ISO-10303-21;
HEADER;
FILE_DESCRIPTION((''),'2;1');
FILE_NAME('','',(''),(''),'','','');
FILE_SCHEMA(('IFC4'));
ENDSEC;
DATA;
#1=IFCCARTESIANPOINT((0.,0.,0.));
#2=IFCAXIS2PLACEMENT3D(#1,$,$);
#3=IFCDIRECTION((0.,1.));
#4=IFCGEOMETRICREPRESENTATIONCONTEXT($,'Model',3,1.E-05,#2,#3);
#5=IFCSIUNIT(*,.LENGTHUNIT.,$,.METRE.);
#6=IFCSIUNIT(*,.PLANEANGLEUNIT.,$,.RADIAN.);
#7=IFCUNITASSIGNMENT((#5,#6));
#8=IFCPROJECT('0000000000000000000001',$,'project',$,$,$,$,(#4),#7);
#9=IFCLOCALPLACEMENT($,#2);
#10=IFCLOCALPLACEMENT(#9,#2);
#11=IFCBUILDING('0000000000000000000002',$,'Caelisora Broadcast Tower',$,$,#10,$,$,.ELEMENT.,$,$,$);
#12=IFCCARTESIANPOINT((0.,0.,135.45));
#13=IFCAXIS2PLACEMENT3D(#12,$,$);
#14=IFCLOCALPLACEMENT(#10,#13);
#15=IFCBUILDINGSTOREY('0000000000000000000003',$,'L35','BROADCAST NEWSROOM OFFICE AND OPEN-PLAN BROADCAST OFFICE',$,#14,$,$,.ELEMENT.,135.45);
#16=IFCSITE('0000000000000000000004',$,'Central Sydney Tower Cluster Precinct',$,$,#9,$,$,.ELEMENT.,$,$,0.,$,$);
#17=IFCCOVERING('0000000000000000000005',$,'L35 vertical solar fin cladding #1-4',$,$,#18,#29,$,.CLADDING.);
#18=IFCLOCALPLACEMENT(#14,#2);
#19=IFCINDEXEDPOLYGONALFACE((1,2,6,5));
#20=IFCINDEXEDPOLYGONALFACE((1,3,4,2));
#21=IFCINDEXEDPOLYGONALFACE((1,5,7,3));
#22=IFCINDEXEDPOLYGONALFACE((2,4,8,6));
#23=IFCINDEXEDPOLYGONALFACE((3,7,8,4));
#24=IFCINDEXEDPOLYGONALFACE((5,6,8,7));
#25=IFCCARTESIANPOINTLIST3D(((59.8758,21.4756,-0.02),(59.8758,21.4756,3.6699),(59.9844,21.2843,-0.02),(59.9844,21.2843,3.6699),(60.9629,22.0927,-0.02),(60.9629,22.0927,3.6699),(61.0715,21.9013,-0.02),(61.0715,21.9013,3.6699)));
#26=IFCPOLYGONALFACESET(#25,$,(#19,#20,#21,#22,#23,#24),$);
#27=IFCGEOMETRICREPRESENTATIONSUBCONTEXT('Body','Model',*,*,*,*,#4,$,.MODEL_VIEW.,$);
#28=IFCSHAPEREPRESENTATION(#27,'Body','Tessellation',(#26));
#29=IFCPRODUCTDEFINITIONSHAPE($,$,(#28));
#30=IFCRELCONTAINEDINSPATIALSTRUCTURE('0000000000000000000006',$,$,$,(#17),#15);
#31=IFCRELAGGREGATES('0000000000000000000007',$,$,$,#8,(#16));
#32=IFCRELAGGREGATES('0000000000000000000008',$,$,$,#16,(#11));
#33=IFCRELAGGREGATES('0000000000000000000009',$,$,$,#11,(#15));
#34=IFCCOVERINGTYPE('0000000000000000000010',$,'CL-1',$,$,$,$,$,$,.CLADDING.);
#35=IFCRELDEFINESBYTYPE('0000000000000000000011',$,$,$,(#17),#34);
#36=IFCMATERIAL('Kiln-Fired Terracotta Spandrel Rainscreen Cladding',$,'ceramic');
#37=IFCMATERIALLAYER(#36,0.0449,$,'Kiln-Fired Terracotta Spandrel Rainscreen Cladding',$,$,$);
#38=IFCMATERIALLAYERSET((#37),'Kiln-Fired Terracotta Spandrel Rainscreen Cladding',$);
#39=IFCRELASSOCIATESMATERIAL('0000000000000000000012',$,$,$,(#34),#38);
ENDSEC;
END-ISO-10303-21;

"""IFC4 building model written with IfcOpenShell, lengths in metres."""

from ifc_helpers import new_model, si_unit, direction, frame, origin, origin_2d, place, context, subcontext, project, spatial, rectangle, extrude, source, transform, mapped, material, layer, layer_set, type_object, type_shapes, element, save


model = new_model("IFC4")

# Units and contexts
model_context = context("Model", 3, precision=1e-05, world=origin(), true_north=direction((0.0, 1.0)))
body_context = subcontext(model_context, "Body", "Model", "MODEL_VIEW")
ifc_project = project(units=[si_unit("LENGTHUNIT", "METRE"), si_unit("PLANEANGLEUNIT", "RADIAN")], contexts=[model_context])

# Site, building, storey
site_placement = place(None, origin())
site = spatial("IfcSite", under=ifc_project, at=site_placement, Name="Central Sydney Tower Cluster Precinct", CompositionType="ELEMENT", RefElevation=0.0)
building_placement = place(site_placement, origin())
building = spatial("IfcBuilding", under=site, at=building_placement, Name="Caelisora Broadcast Tower", CompositionType="ELEMENT")
storey_placement = place(building_placement, frame((0.0, 0.0, 135.45)))
storey = spatial("IfcBuildingStorey", under=building, at=storey_placement, Name="L35", Description="BROADCAST NEWSROOM OFFICE AND OPEN-PLAN BROADCAST OFFICE", CompositionType="ELEMENT", Elevation=135.45)

# Covering
ifc_material_1 = material(Name="Kiln-Fired Terracotta Spandrel Rainscreen Cladding", Category="ceramic")
ifc_layer_1 = layer(ifc_material_1, 0.0449, Name="Kiln-Fired Terracotta Spandrel Rainscreen Cladding")
ifc_layer_set_1 = layer_set([ifc_layer_1], Name="Kiln-Fired Terracotta Spandrel Rainscreen Cladding")
covering_type = type_object("IfcCoveringType", Name="CL-1", PredefinedType="CLADDING", material=ifc_layer_set_1)
shared_shape_1 = source(origin(), body_context, "Body", "SweptSolid", [
    extrude(rectangle(XDim=0.22, YDim=1.25, at=origin_2d()), origin(), (0.0, 0.0, 1.0), 3.6899),
])
type_shapes(covering_type, [shared_shape_1])
covering_placement = place(storey_placement, frame((60.4736, 21.6885, -0.02), z_axis=(0.0, 0.0, 1.0), x_axis=(0.493638, -0.869667, 0.0)))
element("IfcCovering", 1, at=covering_placement, inside=storey, type_object=covering_type, Name="L35 vertical solar fin cladding #1-4", PredefinedType="CLADDING", context=body_context, shape_type="MappedRepresentation", body=[
    mapped(shared_shape_1, transform((0.0, 0.0, 0.0), scale=1.0)),
])

save(model, "model.ifc")
